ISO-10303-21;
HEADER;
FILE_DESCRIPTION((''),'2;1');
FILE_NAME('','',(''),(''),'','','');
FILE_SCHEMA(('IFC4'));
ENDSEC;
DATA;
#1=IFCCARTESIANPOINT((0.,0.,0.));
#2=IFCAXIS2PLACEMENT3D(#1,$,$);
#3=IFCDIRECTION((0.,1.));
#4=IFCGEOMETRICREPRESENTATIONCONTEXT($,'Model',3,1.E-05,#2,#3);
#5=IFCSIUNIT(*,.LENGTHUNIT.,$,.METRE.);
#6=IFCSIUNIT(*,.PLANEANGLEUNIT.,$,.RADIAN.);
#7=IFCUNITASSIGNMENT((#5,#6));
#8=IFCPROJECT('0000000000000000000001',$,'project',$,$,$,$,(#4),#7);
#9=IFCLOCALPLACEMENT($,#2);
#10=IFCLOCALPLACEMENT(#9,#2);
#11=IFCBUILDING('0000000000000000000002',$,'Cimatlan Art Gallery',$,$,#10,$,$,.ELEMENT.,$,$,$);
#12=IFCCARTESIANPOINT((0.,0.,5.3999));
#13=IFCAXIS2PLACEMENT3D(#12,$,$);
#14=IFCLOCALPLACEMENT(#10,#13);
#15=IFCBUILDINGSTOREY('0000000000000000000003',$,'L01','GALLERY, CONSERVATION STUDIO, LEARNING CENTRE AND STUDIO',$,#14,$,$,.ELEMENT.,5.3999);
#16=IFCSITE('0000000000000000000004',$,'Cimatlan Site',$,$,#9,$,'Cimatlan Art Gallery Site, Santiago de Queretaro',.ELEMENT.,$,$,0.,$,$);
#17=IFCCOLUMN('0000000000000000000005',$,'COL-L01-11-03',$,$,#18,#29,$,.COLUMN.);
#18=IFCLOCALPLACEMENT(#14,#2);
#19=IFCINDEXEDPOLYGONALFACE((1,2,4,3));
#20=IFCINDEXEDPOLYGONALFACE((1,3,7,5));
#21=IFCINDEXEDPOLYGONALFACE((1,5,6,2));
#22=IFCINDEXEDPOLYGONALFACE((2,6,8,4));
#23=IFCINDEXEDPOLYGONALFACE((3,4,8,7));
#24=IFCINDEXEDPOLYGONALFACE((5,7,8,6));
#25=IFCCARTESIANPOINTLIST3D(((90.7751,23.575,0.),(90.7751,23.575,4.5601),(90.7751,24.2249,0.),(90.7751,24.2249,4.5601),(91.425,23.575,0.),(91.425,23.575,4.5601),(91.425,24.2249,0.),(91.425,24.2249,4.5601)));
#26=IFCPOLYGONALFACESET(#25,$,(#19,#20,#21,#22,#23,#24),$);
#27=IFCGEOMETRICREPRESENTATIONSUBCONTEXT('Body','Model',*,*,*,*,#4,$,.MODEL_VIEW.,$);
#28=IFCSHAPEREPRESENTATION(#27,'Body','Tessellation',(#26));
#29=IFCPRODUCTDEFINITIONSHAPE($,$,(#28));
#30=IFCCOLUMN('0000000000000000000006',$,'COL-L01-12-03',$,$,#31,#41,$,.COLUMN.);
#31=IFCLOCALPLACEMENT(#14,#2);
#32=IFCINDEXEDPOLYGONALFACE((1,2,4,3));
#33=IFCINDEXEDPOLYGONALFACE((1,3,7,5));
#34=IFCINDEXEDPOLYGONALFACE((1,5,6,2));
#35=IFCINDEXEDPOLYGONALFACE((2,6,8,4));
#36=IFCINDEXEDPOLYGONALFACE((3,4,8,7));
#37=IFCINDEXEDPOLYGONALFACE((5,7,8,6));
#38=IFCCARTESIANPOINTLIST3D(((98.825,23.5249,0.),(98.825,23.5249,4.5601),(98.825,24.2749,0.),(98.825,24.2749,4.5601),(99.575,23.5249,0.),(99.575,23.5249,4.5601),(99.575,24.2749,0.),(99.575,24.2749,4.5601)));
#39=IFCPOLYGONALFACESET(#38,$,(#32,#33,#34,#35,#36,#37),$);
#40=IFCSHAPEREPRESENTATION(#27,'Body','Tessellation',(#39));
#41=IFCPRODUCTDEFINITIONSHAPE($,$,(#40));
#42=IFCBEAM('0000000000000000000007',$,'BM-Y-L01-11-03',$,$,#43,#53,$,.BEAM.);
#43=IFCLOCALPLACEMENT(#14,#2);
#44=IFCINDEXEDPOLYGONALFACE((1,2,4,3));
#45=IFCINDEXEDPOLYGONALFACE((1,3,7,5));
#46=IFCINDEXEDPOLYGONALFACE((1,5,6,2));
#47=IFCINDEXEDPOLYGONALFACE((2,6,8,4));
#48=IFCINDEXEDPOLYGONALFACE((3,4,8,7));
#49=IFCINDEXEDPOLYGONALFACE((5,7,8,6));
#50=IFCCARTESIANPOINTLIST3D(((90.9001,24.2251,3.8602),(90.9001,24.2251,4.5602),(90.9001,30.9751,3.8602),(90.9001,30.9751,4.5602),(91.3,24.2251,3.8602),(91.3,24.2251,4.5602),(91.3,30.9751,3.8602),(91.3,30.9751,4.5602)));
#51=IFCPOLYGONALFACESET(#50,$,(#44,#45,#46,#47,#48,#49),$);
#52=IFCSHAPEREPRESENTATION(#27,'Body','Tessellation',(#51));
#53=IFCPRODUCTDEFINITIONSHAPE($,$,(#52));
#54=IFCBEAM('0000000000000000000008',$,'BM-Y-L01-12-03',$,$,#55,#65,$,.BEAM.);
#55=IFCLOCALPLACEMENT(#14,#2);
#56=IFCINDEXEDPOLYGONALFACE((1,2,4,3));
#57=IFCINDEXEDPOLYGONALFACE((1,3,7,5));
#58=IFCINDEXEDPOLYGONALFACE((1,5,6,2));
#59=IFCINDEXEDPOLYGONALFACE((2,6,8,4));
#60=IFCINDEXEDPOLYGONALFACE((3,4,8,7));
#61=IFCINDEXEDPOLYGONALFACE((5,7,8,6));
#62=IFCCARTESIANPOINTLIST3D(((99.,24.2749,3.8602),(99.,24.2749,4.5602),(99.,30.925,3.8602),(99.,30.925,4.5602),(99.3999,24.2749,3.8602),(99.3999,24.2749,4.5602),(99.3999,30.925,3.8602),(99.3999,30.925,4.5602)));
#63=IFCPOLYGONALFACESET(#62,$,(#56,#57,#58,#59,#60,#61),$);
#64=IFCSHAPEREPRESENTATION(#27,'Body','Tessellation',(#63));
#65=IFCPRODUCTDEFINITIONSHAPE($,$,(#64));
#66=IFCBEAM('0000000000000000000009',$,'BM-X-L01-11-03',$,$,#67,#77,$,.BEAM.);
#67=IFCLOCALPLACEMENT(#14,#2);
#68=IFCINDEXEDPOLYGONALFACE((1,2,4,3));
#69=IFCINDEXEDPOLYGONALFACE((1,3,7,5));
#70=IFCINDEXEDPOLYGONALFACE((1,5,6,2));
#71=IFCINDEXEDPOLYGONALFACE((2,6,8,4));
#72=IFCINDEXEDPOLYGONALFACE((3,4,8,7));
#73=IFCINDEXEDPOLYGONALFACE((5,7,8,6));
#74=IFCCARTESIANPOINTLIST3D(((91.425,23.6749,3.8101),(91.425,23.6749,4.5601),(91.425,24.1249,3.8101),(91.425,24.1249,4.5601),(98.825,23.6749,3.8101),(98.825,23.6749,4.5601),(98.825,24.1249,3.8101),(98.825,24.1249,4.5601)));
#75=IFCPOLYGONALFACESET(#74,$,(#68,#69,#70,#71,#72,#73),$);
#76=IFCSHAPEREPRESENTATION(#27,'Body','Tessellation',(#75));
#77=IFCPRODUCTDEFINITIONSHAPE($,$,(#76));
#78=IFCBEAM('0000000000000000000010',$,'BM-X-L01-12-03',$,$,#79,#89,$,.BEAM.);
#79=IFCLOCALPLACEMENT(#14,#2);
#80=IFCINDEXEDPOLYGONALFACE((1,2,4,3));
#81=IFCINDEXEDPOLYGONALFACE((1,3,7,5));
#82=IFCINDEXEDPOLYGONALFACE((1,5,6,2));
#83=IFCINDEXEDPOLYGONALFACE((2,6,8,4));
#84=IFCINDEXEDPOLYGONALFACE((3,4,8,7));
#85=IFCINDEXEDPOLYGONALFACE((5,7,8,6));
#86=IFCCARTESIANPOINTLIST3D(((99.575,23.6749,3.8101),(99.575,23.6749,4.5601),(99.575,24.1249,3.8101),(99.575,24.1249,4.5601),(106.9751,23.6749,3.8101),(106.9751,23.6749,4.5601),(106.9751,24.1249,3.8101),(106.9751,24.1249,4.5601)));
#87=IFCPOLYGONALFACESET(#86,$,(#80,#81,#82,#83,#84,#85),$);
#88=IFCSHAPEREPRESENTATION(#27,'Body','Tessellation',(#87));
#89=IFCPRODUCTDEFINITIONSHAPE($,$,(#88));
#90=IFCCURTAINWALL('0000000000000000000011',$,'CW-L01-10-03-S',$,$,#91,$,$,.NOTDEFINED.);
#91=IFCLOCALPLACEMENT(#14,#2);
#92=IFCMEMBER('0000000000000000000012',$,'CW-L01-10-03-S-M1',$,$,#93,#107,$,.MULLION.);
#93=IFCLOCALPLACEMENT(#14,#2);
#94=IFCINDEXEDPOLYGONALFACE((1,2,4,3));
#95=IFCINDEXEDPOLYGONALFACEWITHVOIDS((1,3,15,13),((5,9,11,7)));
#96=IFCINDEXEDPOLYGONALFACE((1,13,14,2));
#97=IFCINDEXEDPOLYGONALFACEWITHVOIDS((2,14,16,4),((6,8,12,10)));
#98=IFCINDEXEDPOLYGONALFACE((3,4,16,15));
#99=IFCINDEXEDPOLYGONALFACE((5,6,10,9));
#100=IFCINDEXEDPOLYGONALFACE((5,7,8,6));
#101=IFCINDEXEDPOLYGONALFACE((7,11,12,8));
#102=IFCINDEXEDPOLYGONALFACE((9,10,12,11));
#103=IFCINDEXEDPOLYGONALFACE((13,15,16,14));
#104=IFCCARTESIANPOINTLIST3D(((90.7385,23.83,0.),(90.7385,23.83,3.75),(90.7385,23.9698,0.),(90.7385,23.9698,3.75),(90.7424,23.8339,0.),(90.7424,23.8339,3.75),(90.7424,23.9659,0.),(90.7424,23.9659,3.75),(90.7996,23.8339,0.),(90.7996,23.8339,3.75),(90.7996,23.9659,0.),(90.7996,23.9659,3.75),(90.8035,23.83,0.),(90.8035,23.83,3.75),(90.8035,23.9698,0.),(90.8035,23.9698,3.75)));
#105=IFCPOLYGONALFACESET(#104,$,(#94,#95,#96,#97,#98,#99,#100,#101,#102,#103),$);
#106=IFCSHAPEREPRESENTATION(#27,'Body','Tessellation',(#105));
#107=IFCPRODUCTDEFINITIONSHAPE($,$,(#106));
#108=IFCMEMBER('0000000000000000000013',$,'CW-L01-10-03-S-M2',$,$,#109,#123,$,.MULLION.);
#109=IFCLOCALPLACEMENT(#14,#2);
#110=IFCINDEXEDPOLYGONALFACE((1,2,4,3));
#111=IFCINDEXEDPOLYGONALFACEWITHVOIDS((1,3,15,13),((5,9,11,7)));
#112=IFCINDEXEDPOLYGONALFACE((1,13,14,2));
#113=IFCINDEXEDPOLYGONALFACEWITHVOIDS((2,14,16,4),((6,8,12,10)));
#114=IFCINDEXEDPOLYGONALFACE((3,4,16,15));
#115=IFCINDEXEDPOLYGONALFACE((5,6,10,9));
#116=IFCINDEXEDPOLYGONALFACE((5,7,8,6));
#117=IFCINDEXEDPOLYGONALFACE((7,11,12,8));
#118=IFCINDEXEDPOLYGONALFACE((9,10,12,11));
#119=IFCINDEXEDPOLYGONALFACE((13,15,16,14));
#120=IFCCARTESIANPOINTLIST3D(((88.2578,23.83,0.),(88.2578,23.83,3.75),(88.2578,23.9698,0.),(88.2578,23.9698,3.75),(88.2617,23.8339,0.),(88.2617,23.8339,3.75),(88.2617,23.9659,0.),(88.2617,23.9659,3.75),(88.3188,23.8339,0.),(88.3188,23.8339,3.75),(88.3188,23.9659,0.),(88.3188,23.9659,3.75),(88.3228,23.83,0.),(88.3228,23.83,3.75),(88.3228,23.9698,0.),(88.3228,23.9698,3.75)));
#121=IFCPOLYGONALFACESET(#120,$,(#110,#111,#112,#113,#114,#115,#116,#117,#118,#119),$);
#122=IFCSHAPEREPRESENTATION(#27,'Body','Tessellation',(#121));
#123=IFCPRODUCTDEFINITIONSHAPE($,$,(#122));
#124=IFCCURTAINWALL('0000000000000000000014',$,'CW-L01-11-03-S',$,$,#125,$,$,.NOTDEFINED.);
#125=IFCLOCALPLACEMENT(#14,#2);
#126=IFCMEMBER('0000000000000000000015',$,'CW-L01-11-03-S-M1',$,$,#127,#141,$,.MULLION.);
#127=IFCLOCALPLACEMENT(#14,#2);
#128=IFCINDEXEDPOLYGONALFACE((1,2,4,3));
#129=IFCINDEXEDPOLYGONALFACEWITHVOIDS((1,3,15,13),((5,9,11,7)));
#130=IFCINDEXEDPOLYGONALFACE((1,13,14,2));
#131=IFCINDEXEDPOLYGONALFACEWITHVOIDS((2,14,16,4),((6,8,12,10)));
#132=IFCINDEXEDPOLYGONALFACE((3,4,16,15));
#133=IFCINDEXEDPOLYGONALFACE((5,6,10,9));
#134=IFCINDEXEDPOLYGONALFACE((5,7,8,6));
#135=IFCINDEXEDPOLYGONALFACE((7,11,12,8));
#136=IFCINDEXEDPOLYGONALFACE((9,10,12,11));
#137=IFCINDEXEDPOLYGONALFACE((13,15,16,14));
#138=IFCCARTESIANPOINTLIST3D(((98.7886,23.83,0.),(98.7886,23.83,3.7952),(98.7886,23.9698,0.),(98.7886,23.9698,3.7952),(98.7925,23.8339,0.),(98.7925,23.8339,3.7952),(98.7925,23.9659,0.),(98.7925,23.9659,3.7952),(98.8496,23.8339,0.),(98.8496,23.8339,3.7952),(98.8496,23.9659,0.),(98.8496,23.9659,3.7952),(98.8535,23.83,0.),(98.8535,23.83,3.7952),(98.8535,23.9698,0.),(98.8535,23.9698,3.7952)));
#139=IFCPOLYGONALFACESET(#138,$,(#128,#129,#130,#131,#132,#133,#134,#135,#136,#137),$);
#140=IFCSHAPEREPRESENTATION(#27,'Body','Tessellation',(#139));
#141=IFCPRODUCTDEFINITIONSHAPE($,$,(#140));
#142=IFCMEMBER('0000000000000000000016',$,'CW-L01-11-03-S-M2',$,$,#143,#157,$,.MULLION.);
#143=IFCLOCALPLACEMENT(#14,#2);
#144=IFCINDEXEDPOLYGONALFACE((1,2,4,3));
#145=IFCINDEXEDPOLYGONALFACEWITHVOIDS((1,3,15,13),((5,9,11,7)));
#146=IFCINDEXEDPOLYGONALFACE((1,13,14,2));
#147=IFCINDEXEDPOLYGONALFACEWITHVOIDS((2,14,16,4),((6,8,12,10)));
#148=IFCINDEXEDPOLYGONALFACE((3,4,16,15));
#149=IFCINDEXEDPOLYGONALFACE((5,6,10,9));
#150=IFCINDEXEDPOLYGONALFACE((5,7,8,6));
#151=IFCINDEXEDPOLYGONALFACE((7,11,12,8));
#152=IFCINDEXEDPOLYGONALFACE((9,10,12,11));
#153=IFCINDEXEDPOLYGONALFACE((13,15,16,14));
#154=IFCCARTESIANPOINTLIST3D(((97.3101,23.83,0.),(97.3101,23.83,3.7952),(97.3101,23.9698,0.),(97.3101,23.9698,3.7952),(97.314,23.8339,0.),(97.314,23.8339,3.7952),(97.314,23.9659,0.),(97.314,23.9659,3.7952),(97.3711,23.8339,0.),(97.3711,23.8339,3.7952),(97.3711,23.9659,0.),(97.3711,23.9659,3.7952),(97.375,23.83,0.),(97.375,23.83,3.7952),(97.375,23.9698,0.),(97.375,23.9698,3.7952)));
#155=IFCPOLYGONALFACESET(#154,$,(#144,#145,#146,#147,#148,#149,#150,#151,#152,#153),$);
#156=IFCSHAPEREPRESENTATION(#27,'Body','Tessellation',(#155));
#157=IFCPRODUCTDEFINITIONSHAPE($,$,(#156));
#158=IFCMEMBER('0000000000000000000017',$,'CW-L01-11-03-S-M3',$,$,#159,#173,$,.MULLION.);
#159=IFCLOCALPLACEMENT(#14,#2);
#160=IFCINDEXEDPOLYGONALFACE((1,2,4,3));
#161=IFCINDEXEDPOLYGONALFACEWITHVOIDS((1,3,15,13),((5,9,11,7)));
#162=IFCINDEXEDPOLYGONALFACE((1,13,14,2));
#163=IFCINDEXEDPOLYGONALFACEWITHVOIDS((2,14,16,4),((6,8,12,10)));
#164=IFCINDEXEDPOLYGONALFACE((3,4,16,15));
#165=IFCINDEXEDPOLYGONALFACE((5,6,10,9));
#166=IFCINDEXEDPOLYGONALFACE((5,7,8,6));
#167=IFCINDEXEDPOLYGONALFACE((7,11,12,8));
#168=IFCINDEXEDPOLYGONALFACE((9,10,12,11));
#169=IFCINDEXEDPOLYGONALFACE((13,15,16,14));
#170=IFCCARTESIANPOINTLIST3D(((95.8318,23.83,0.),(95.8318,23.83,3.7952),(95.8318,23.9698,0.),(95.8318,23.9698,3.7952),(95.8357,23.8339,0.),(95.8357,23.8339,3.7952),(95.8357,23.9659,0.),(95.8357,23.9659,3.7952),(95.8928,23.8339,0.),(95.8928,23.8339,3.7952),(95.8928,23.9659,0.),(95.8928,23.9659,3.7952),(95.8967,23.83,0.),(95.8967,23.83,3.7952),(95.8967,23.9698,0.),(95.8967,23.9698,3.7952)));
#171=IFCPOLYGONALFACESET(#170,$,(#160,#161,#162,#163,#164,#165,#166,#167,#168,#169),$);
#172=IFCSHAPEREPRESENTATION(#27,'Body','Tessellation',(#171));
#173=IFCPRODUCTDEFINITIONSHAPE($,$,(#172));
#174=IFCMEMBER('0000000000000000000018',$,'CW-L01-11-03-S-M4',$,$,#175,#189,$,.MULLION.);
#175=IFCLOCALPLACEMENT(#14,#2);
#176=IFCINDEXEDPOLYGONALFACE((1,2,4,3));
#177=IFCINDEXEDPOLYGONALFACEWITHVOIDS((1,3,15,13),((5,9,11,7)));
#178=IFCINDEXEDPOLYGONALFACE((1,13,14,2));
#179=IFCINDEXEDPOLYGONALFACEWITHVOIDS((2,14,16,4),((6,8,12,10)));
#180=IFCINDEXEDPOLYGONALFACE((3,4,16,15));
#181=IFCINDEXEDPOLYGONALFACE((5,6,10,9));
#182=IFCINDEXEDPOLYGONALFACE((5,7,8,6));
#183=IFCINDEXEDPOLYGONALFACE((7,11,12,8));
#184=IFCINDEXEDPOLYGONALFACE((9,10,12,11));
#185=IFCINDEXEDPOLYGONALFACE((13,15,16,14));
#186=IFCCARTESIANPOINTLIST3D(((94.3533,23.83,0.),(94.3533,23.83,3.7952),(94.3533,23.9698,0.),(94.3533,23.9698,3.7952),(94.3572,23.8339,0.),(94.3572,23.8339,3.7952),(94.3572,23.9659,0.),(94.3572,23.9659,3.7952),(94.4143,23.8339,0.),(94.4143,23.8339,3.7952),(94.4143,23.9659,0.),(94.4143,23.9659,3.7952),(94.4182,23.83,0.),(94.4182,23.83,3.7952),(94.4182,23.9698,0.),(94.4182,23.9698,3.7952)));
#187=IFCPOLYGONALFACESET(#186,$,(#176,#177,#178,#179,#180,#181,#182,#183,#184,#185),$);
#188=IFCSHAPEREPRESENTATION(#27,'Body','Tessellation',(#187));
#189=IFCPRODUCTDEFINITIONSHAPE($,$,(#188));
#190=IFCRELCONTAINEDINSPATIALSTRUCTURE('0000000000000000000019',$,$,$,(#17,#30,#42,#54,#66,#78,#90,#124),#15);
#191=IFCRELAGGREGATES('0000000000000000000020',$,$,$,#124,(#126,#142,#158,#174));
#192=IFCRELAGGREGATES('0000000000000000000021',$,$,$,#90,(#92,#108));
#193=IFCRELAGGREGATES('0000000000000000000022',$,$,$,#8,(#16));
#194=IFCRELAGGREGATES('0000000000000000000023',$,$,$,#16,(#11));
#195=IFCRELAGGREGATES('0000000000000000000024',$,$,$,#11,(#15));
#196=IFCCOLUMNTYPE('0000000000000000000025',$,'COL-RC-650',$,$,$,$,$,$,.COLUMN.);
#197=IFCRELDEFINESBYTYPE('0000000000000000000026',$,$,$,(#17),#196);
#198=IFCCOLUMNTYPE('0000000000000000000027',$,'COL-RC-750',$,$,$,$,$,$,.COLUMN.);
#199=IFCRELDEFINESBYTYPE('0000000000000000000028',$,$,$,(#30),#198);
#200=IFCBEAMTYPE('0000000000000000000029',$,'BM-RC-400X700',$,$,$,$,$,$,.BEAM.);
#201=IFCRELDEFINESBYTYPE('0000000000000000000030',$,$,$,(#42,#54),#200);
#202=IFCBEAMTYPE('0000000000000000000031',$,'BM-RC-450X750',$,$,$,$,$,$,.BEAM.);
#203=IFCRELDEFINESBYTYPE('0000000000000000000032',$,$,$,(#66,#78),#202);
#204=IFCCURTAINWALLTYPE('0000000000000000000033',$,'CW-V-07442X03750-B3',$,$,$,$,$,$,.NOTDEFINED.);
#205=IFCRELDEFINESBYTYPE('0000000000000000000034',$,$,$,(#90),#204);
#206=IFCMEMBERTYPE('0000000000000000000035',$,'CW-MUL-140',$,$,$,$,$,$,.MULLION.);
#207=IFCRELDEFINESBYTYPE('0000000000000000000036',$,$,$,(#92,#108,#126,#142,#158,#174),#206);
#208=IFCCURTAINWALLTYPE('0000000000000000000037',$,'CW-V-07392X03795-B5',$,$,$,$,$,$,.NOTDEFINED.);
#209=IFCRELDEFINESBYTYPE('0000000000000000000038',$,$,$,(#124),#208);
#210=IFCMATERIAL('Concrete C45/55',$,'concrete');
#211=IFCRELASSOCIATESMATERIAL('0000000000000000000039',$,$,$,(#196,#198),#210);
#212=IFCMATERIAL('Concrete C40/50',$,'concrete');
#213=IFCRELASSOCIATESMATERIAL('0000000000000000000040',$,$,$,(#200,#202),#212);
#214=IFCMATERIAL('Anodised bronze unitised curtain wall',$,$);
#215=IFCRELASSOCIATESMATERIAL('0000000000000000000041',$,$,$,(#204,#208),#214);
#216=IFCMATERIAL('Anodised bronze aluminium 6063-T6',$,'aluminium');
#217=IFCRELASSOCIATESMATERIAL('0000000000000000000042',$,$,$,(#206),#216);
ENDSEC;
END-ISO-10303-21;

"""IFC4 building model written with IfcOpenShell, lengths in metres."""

from ifc_helpers import new_model, si_unit, direction, frame, origin, origin_2d, place, context, subcontext, project, spatial, rectangle, hollow_rectangle, extrude, material, material_profile, profile_set, type_object, element, aggregate, save


model = new_model("IFC4")

# Units and contexts
model_context = context("Model", 3, precision=1e-05, world=origin(), true_north=direction((0.0, 1.0)))
body_context = subcontext(model_context, "Body", "Model", "MODEL_VIEW")
ifc_project = project(units=[si_unit("LENGTHUNIT", "METRE"), si_unit("PLANEANGLEUNIT", "RADIAN")], contexts=[model_context])

# Site, building, storey
site_placement = place(None, origin())
site = spatial("IfcSite", under=ifc_project, at=site_placement, Name="Cimatlan Site", LongName="Cimatlan Art Gallery Site, Santiago de Queretaro", CompositionType="ELEMENT", RefElevation=0.0)
building_placement = place(site_placement, origin())
building = spatial("IfcBuilding", under=site, at=building_placement, Name="Cimatlan Art Gallery", CompositionType="ELEMENT")
storey_placement = place(building_placement, frame((0.0, 0.0, 5.3999)))
storey = spatial("IfcBuildingStorey", under=building, at=storey_placement, Name="L01", Description="GALLERY, CONSERVATION STUDIO, LEARNING CENTRE AND STUDIO", CompositionType="ELEMENT", Elevation=5.3999)

# Columns
ifc_material_1 = material(Name="Concrete C45/55", Category="concrete")
ifc_material_profile_1 = material_profile(ifc_material_1, rectangle(XDim=0.6499, YDim=0.6499, at=origin_2d()), Name="RC650X650")
ifc_profile_set_1 = profile_set([ifc_material_profile_1], Name="Concrete C45/55")
column_type_1 = type_object("IfcColumnType", Name="COL-RC-650", PredefinedType="COLUMN", material=ifc_profile_set_1)
column_1_placement = place(storey_placement, frame((91.1001, 23.8999, 0.0), z_axis=(0.0, 0.0, 1.0), x_axis=(1.0, 0.0, 0.0)))
element("IfcColumn", 1, at=column_1_placement, inside=storey, type_object=column_type_1, Name="COL-L01-11-03", PredefinedType="COLUMN", context=body_context, shape_type="SweptSolid", body=[
    extrude(rectangle(XDim=0.6499, YDim=0.6499, at=origin_2d()), origin(), (0.0, 0.0, 1.0), 4.5601),
])
ifc_material_profile_2 = material_profile(ifc_material_1, rectangle(XDim=0.75, YDim=0.75, at=origin_2d()), Name="RC750X750")
ifc_profile_set_2 = profile_set([ifc_material_profile_2], Name="Concrete C45/55")
column_type_2 = type_object("IfcColumnType", Name="COL-RC-750", PredefinedType="COLUMN", material=ifc_profile_set_2)
column_2_placement = place(storey_placement, frame((99.2, 23.8999, 0.0), z_axis=(0.0, 0.0, 1.0), x_axis=(1.0, 0.0, 0.0)))
element("IfcColumn", 2, at=column_2_placement, inside=storey, type_object=column_type_2, Name="COL-L01-12-03", PredefinedType="COLUMN", context=body_context, shape_type="SweptSolid", body=[
    extrude(rectangle(XDim=0.75, YDim=0.75, at=origin_2d()), origin(), (0.0, 0.0, 1.0), 4.5601),
])

# Beams
ifc_material_2 = material(Name="Concrete C40/50", Category="concrete")
ifc_material_profile_3 = material_profile(ifc_material_2, rectangle(XDim=0.3999, YDim=0.7, at=origin_2d()), Name="RC400X700")
ifc_profile_set_3 = profile_set([ifc_material_profile_3], Name="Concrete C40/50")
beam_type_1 = type_object("IfcBeamType", Name="BM-RC-400X700", PredefinedType="BEAM", material=ifc_profile_set_3)
beam_1_placement = place(storey_placement, frame((91.1001, 24.2251, 4.2102), z_axis=(0.0, 1.0, 0.0), x_axis=(-1.0, 0.0, 0.0)))
element("IfcBeam", 3, at=beam_1_placement, inside=storey, type_object=beam_type_1, Name="BM-Y-L01-11-03", PredefinedType="BEAM", context=body_context, shape_type="SweptSolid", body=[
    extrude(rectangle(XDim=0.3999, YDim=0.7, at=origin_2d()), origin(), (0.0, 0.0, 1.0), 6.75),
])
beam_2_placement = place(storey_placement, frame((99.2, 24.2749, 4.2102), z_axis=(0.0, 1.0, 0.0), x_axis=(-1.0, 0.0, 0.0)))
element("IfcBeam", 4, at=beam_2_placement, inside=storey, type_object=beam_type_1, Name="BM-Y-L01-12-03", PredefinedType="BEAM", context=body_context, shape_type="SweptSolid", body=[
    extrude(rectangle(XDim=0.3999, YDim=0.7, at=origin_2d()), origin(), (0.0, 0.0, 1.0), 6.6501),
])
ifc_material_profile_4 = material_profile(ifc_material_2, rectangle(XDim=0.45, YDim=0.75, at=origin_2d()), Name="RC450X750")
ifc_profile_set_4 = profile_set([ifc_material_profile_4], Name="Concrete C40/50")
beam_type_2 = type_object("IfcBeamType", Name="BM-RC-450X750", PredefinedType="BEAM", material=ifc_profile_set_4)
beam_3_placement = place(storey_placement, frame((91.425, 23.8999, 4.1851), z_axis=(1.0, 0.0, 0.0), x_axis=(0.0, 1.0, 0.0)))
element("IfcBeam", 5, at=beam_3_placement, inside=storey, type_object=beam_type_2, Name="BM-X-L01-11-03", PredefinedType="BEAM", context=body_context, shape_type="SweptSolid", body=[
    extrude(rectangle(XDim=0.45, YDim=0.75, at=origin_2d()), origin(), (0.0, 0.0, 1.0), 7.3999),
])
beam_4_placement = place(storey_placement, frame((99.575, 23.8999, 4.1851), z_axis=(1.0, 0.0, 0.0), x_axis=(0.0, 1.0, 0.0)))
element("IfcBeam", 6, at=beam_4_placement, inside=storey, type_object=beam_type_2, Name="BM-X-L01-12-03", PredefinedType="BEAM", context=body_context, shape_type="SweptSolid", body=[
    extrude(rectangle(XDim=0.45, YDim=0.75, at=origin_2d()), origin(), (0.0, 0.0, 1.0), 7.4001),
])

# Curtain walls, members
ifc_material_3 = material(Name="Anodised bronze unitised curtain wall")
curtain_wall_type_1 = type_object("IfcCurtainWallType", Name="CW-V-07442X03750-B3", PredefinedType="NOTDEFINED", material=ifc_material_3)
curtain_wall_1_placement = place(storey_placement, origin())
curtain_wall_1 = element("IfcCurtainWall", 7, at=curtain_wall_1_placement, inside=storey, type_object=curtain_wall_type_1, Name="CW-L01-10-03-S", PredefinedType="NOTDEFINED")
ifc_material_4 = material(Name="Anodised bronze aluminium 6063-T6", Category="aluminium")
ifc_material_profile_5 = material_profile(ifc_material_4, hollow_rectangle(XDim=0.0649, YDim=0.1399, WallThickness=0.0039, at=origin_2d()), Name="ALU65X140X4")
ifc_profile_set_5 = profile_set([ifc_material_profile_5], Name="Anodised bronze aluminium 6063-T6")
member_type_1 = type_object("IfcMemberType", Name="CW-MUL-140", PredefinedType="MULLION", material=ifc_profile_set_5)
member_1_placement = place(storey_placement, frame((90.771, 23.8999, 0.0), z_axis=(0.0, 0.0, 1.0), x_axis=(1.0, 0.0, 0.0)))
member_1 = element("IfcMember", 8, at=member_1_placement, type_object=member_type_1, Name="CW-L01-10-03-S-M1", PredefinedType="MULLION", context=body_context, shape_type="SweptSolid", body=[
    extrude(hollow_rectangle(XDim=0.0649, YDim=0.1399, WallThickness=0.0039, at=origin_2d()), origin(), (0.0, 0.0, 1.0), 3.75),
])
member_2_placement = place(storey_placement, frame((88.2903, 23.8999, 0.0), z_axis=(0.0, 0.0, 1.0), x_axis=(1.0, 0.0, 0.0)))
member_2 = element("IfcMember", 9, at=member_2_placement, type_object=member_type_1, Name="CW-L01-10-03-S-M2", PredefinedType="MULLION", context=body_context, shape_type="SweptSolid", body=[
    extrude(hollow_rectangle(XDim=0.0649, YDim=0.1399, WallThickness=0.0039, at=origin_2d()), origin(), (0.0, 0.0, 1.0), 3.75),
])
curtain_wall_type_2 = type_object("IfcCurtainWallType", Name="CW-V-07392X03795-B5", PredefinedType="NOTDEFINED", material=ifc_material_3)
curtain_wall_2_placement = place(storey_placement, origin())
curtain_wall_2 = element("IfcCurtainWall", 10, at=curtain_wall_2_placement, inside=storey, type_object=curtain_wall_type_2, Name="CW-L01-11-03-S", PredefinedType="NOTDEFINED")
member_3_placement = place(storey_placement, frame((98.821, 23.8999, 0.0), z_axis=(0.0, 0.0, 1.0), x_axis=(1.0, 0.0, 0.0)))
member_3 = element("IfcMember", 11, at=member_3_placement, type_object=member_type_1, Name="CW-L01-11-03-S-M1", PredefinedType="MULLION", context=body_context, shape_type="SweptSolid", body=[
    extrude(hollow_rectangle(XDim=0.0649, YDim=0.1399, WallThickness=0.0039, at=origin_2d()), origin(), (0.0, 0.0, 1.0), 3.7952),
])
member_4_placement = place(storey_placement, frame((97.3425, 23.8999, 0.0), z_axis=(0.0, 0.0, 1.0), x_axis=(1.0, 0.0, 0.0)))
member_4 = element("IfcMember", 12, at=member_4_placement, type_object=member_type_1, Name="CW-L01-11-03-S-M2", PredefinedType="MULLION", context=body_context, shape_type="SweptSolid", body=[
    extrude(hollow_rectangle(XDim=0.0649, YDim=0.1399, WallThickness=0.0039, at=origin_2d()), origin(), (0.0, 0.0, 1.0), 3.7952),
])
member_5_placement = place(storey_placement, frame((95.8643, 23.8999, 0.0), z_axis=(0.0, 0.0, 1.0), x_axis=(1.0, 0.0, 0.0)))
member_5 = element("IfcMember", 13, at=member_5_placement, type_object=member_type_1, Name="CW-L01-11-03-S-M3", PredefinedType="MULLION", context=body_context, shape_type="SweptSolid", body=[
    extrude(hollow_rectangle(XDim=0.0649, YDim=0.1399, WallThickness=0.0039, at=origin_2d()), origin(), (0.0, 0.0, 1.0), 3.7952),
])
member_6_placement = place(storey_placement, frame((94.3857, 23.8999, 0.0), z_axis=(0.0, 0.0, 1.0), x_axis=(1.0, 0.0, 0.0)))
member_6 = element("IfcMember", 14, at=member_6_placement, type_object=member_type_1, Name="CW-L01-11-03-S-M4", PredefinedType="MULLION", context=body_context, shape_type="SweptSolid", body=[
    extrude(hollow_rectangle(XDim=0.0649, YDim=0.1399, WallThickness=0.0039, at=origin_2d()), origin(), (0.0, 0.0, 1.0), 3.7952),
])

aggregate(curtain_wall_2, [member_3, member_4, member_5, member_6])
aggregate(curtain_wall_1, [member_1, member_2])

save(model, "model.ifc")
